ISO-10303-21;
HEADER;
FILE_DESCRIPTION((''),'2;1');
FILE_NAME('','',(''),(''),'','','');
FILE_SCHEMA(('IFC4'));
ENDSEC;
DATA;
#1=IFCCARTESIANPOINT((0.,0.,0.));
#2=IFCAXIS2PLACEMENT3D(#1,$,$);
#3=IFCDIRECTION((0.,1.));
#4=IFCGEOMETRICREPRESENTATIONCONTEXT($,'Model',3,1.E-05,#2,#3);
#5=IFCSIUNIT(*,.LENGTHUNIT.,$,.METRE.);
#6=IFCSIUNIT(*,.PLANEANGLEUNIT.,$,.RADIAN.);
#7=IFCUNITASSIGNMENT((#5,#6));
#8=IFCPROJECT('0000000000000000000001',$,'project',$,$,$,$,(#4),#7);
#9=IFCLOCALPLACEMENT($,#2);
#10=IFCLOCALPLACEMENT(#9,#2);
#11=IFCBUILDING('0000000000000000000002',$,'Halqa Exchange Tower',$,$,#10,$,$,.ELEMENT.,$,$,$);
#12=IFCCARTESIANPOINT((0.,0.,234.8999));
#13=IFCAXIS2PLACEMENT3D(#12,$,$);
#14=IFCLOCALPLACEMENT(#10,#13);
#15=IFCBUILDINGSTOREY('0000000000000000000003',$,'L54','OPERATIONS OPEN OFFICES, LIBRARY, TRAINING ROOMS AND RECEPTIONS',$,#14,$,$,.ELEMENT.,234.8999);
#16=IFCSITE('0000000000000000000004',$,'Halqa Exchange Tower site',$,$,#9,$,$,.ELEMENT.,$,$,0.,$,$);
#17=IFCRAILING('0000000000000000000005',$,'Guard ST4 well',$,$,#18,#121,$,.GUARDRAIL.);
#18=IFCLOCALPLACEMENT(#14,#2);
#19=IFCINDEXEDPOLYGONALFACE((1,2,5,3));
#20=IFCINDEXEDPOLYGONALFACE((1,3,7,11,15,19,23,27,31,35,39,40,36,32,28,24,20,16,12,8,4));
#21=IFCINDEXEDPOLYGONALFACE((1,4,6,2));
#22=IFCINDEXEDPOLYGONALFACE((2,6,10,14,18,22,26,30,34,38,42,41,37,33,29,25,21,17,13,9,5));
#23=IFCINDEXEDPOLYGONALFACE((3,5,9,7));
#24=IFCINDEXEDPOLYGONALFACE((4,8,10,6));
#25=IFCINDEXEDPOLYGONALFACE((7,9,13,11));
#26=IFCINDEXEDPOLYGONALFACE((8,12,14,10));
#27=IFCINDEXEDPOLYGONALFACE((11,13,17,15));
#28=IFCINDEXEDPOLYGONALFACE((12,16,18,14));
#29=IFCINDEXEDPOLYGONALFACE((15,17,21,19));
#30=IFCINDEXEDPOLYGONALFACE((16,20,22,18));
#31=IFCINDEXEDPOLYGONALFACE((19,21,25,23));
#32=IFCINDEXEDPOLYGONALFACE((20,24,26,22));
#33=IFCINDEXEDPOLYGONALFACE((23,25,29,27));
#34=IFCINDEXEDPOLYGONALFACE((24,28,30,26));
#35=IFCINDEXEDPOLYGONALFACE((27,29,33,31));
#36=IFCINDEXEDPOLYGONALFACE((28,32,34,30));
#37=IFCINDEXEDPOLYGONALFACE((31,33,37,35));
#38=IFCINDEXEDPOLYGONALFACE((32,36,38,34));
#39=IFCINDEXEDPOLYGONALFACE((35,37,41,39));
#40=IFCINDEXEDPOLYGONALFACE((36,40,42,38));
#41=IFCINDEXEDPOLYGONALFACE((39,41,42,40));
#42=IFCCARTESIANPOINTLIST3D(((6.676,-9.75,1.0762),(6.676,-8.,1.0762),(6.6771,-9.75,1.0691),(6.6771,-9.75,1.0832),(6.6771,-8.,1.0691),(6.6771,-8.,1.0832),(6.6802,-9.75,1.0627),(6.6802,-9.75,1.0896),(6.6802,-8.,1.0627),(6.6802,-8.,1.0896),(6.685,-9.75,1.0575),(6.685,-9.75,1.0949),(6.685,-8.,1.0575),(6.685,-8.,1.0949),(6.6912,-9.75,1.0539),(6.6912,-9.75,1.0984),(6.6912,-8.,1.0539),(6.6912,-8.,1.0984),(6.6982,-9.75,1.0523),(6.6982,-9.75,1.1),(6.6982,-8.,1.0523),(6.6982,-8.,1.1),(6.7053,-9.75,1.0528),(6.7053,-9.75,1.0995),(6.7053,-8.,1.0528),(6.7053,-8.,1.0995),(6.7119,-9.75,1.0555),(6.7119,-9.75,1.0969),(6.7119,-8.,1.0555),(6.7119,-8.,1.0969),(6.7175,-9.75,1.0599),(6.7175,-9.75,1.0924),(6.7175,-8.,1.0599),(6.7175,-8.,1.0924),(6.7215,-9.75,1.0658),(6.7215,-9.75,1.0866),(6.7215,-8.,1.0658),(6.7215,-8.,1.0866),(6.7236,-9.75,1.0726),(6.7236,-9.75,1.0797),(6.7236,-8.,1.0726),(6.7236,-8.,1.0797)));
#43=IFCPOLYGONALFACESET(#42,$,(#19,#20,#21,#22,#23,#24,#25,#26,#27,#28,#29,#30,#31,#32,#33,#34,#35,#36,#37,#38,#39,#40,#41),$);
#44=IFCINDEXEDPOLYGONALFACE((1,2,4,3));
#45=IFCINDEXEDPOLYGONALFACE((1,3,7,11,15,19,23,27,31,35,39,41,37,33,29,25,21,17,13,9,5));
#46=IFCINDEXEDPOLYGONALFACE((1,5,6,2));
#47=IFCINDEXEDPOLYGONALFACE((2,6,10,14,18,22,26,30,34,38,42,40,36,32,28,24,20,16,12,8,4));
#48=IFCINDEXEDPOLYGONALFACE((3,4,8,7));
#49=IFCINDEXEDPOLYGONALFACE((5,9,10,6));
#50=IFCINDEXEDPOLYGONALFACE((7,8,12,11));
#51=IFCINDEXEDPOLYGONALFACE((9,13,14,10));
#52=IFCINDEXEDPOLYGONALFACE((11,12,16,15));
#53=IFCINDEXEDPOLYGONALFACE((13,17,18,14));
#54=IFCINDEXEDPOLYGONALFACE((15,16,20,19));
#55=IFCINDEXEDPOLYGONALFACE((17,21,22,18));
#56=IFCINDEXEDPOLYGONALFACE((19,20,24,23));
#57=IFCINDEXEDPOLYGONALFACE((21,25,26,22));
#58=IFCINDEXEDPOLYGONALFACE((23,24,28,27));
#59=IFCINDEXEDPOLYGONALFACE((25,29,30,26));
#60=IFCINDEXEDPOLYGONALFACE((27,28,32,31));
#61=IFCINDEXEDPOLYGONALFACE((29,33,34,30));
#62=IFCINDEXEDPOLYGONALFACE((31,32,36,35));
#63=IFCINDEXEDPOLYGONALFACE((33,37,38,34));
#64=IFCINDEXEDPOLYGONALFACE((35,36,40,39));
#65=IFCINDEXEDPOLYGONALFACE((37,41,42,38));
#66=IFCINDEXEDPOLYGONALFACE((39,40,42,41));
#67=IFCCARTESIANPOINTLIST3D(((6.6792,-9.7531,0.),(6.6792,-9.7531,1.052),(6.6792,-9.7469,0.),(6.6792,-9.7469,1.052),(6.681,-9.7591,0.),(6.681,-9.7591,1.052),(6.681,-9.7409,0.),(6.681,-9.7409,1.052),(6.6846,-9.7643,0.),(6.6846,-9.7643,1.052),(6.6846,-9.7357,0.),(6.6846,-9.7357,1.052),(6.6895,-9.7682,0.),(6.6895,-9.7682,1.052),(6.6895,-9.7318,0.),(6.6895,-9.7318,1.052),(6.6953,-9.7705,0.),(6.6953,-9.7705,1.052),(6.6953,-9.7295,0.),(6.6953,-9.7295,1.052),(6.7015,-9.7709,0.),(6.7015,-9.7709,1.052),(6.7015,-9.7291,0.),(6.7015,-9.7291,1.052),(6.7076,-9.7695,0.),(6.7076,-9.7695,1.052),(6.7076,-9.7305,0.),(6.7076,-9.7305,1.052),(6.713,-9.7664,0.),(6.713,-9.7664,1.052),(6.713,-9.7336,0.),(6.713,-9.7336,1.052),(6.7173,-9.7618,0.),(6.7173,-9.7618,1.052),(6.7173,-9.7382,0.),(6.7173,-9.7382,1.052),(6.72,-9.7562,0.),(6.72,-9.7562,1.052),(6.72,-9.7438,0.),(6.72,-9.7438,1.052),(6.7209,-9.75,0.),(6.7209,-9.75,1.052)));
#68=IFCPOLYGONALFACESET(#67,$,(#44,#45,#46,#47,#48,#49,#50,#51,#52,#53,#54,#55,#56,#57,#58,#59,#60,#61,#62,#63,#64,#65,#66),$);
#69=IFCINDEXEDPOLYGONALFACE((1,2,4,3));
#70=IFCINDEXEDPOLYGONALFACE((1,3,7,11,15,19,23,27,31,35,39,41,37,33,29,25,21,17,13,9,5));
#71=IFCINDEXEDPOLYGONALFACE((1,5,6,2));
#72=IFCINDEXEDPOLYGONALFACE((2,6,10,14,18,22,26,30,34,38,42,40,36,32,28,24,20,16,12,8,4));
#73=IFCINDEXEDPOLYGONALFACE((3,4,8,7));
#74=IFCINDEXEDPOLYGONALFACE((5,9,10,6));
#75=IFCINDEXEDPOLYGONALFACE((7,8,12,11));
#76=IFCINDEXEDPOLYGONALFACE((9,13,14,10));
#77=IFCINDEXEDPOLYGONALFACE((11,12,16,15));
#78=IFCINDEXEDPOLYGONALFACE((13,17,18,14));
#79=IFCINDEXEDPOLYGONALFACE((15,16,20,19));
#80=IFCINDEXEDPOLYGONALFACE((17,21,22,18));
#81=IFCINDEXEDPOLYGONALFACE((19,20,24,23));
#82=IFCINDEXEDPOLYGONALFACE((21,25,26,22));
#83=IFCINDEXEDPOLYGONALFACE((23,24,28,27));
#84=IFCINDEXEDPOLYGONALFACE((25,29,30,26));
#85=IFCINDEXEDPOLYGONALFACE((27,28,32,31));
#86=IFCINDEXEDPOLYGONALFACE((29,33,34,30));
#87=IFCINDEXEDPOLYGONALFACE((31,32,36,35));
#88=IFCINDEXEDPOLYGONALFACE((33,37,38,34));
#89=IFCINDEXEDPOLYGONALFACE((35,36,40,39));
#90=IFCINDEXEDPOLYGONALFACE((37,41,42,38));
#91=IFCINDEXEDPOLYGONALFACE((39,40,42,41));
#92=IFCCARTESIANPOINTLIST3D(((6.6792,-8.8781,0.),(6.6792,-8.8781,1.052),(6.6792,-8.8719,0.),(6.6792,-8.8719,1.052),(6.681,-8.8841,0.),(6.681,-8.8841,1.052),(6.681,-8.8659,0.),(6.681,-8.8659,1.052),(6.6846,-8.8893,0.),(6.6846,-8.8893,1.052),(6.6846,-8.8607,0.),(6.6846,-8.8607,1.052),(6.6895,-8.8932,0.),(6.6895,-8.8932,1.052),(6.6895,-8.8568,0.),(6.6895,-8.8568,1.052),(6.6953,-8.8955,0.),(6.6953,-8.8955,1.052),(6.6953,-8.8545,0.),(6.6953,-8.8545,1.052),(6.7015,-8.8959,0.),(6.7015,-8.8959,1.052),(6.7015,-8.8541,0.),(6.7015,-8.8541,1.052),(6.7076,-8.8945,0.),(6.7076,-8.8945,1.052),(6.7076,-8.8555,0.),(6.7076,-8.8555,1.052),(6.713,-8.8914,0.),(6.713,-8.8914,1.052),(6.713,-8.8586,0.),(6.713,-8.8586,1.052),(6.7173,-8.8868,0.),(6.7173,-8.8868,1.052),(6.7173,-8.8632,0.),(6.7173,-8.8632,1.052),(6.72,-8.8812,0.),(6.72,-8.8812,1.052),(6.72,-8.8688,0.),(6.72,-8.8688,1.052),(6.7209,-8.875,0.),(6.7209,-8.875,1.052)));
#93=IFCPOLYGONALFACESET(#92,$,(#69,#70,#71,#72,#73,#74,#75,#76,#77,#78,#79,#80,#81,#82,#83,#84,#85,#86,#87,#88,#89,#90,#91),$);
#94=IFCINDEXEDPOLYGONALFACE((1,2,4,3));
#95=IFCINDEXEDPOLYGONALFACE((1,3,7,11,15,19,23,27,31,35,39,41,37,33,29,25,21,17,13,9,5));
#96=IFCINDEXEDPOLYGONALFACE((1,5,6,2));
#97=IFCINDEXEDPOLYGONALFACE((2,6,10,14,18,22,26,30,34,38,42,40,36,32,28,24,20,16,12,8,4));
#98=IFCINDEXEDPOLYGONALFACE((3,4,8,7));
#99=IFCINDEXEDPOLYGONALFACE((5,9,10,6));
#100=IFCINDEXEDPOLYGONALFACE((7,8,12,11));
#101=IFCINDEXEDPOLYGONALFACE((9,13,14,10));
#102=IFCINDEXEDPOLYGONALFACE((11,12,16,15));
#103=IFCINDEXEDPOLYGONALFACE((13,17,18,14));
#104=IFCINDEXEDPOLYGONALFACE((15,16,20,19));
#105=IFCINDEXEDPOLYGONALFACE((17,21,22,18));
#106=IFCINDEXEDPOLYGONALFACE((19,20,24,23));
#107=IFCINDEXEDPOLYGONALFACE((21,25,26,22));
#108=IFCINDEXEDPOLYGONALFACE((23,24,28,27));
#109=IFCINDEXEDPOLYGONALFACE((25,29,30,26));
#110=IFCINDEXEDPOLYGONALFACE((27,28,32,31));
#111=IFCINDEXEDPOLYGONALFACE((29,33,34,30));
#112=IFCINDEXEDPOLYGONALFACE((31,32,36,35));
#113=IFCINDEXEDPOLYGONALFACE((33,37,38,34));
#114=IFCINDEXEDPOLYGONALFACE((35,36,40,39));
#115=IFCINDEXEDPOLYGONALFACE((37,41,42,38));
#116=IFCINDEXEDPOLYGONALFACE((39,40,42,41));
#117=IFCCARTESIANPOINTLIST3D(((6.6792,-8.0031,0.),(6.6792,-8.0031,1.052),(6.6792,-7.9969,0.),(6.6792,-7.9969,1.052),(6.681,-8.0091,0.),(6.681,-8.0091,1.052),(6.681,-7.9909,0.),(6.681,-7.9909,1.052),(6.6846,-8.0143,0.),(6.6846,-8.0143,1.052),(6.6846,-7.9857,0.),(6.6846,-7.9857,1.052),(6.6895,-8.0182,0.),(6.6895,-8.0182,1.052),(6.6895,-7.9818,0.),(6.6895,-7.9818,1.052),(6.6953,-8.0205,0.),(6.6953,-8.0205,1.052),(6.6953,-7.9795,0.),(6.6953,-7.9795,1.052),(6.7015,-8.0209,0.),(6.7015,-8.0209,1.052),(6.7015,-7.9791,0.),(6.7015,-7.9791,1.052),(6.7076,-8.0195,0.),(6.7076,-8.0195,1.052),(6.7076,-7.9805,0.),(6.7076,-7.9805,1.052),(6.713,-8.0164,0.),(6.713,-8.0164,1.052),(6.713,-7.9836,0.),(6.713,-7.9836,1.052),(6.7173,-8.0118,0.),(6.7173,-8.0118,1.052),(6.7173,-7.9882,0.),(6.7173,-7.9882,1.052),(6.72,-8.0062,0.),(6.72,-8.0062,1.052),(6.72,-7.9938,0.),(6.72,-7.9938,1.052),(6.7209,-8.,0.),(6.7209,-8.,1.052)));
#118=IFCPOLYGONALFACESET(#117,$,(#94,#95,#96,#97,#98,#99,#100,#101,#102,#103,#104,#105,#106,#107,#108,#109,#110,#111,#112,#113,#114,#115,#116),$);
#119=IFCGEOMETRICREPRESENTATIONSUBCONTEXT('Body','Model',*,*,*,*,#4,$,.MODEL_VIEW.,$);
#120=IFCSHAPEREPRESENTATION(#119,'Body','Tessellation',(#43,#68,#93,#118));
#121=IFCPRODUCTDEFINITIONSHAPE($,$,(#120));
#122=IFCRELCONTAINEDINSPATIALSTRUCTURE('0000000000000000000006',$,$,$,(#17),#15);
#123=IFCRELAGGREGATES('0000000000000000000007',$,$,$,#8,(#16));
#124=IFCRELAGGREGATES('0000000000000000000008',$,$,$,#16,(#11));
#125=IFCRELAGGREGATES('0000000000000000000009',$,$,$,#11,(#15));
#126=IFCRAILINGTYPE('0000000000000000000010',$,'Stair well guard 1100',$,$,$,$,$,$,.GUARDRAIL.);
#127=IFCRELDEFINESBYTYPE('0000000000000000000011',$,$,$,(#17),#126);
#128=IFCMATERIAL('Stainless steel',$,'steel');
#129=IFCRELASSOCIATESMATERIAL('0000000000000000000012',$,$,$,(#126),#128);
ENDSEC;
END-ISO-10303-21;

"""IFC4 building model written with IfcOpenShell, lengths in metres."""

from ifc_helpers import new_model, si_unit, direction, frame, origin, origin_2d, place, context, subcontext, project, spatial, circle, extrude, material, type_object, element, save


model = new_model("IFC4")

# Units and contexts
model_context = context("Model", 3, precision=1e-05, world=origin(), true_north=direction((0.0, 1.0)))
body_context = subcontext(model_context, "Body", "Model", "MODEL_VIEW")
ifc_project = project(units=[si_unit("LENGTHUNIT", "METRE"), si_unit("PLANEANGLEUNIT", "RADIAN")], contexts=[model_context])

# Site, building, storey
site_placement = place(None, origin())
site = spatial("IfcSite", under=ifc_project, at=site_placement, Name="Halqa Exchange Tower site", CompositionType="ELEMENT", RefElevation=0.0)
building_placement = place(site_placement, origin())
building = spatial("IfcBuilding", under=site, at=building_placement, Name="Halqa Exchange Tower", CompositionType="ELEMENT")
storey_placement = place(building_placement, frame((0.0, 0.0, 234.8999)))
storey = spatial("IfcBuildingStorey", under=building, at=storey_placement, Name="L54", Description="OPERATIONS OPEN OFFICES, LIBRARY, TRAINING ROOMS AND RECEPTIONS", CompositionType="ELEMENT", Elevation=234.8999)

# Railing
ifc_material_1 = material(Name="Stainless steel", Category="steel")
railing_type_1 = type_object("IfcRailingType", Name="Stair well guard 1100", PredefinedType="GUARDRAIL", material=ifc_material_1)
railing_1_placement = place(storey_placement, frame((6.7, -9.75, 0.0)))
element("IfcRailing", 1, at=railing_1_placement, inside=storey, type_object=railing_type_1, Name="Guard ST4 well", PredefinedType="GUARDRAIL", context=body_context, shape_type="SweptSolid", body=[
    extrude(circle(Radius=0.0239, at=origin_2d()), frame((0.0, 0.0, 1.0762), z_axis=(0.0, 1.0, 0.0), x_axis=(-1.0, 0.0, 0.0)), (0.0, 0.0, 1.0), 1.75),
    extrude(circle(Radius=0.021, at=origin_2d()), origin(), (0.0, 0.0, 1.0), 1.052),
    extrude(circle(Radius=0.021, at=origin_2d()), frame((0.0, 0.875, 0.0)), (0.0, 0.0, 1.0), 1.052),
    extrude(circle(Radius=0.021, at=origin_2d()), frame((0.0, 1.75, 0.0)), (0.0, 0.0, 1.0), 1.052),
])

save(model, "model.ifc")
